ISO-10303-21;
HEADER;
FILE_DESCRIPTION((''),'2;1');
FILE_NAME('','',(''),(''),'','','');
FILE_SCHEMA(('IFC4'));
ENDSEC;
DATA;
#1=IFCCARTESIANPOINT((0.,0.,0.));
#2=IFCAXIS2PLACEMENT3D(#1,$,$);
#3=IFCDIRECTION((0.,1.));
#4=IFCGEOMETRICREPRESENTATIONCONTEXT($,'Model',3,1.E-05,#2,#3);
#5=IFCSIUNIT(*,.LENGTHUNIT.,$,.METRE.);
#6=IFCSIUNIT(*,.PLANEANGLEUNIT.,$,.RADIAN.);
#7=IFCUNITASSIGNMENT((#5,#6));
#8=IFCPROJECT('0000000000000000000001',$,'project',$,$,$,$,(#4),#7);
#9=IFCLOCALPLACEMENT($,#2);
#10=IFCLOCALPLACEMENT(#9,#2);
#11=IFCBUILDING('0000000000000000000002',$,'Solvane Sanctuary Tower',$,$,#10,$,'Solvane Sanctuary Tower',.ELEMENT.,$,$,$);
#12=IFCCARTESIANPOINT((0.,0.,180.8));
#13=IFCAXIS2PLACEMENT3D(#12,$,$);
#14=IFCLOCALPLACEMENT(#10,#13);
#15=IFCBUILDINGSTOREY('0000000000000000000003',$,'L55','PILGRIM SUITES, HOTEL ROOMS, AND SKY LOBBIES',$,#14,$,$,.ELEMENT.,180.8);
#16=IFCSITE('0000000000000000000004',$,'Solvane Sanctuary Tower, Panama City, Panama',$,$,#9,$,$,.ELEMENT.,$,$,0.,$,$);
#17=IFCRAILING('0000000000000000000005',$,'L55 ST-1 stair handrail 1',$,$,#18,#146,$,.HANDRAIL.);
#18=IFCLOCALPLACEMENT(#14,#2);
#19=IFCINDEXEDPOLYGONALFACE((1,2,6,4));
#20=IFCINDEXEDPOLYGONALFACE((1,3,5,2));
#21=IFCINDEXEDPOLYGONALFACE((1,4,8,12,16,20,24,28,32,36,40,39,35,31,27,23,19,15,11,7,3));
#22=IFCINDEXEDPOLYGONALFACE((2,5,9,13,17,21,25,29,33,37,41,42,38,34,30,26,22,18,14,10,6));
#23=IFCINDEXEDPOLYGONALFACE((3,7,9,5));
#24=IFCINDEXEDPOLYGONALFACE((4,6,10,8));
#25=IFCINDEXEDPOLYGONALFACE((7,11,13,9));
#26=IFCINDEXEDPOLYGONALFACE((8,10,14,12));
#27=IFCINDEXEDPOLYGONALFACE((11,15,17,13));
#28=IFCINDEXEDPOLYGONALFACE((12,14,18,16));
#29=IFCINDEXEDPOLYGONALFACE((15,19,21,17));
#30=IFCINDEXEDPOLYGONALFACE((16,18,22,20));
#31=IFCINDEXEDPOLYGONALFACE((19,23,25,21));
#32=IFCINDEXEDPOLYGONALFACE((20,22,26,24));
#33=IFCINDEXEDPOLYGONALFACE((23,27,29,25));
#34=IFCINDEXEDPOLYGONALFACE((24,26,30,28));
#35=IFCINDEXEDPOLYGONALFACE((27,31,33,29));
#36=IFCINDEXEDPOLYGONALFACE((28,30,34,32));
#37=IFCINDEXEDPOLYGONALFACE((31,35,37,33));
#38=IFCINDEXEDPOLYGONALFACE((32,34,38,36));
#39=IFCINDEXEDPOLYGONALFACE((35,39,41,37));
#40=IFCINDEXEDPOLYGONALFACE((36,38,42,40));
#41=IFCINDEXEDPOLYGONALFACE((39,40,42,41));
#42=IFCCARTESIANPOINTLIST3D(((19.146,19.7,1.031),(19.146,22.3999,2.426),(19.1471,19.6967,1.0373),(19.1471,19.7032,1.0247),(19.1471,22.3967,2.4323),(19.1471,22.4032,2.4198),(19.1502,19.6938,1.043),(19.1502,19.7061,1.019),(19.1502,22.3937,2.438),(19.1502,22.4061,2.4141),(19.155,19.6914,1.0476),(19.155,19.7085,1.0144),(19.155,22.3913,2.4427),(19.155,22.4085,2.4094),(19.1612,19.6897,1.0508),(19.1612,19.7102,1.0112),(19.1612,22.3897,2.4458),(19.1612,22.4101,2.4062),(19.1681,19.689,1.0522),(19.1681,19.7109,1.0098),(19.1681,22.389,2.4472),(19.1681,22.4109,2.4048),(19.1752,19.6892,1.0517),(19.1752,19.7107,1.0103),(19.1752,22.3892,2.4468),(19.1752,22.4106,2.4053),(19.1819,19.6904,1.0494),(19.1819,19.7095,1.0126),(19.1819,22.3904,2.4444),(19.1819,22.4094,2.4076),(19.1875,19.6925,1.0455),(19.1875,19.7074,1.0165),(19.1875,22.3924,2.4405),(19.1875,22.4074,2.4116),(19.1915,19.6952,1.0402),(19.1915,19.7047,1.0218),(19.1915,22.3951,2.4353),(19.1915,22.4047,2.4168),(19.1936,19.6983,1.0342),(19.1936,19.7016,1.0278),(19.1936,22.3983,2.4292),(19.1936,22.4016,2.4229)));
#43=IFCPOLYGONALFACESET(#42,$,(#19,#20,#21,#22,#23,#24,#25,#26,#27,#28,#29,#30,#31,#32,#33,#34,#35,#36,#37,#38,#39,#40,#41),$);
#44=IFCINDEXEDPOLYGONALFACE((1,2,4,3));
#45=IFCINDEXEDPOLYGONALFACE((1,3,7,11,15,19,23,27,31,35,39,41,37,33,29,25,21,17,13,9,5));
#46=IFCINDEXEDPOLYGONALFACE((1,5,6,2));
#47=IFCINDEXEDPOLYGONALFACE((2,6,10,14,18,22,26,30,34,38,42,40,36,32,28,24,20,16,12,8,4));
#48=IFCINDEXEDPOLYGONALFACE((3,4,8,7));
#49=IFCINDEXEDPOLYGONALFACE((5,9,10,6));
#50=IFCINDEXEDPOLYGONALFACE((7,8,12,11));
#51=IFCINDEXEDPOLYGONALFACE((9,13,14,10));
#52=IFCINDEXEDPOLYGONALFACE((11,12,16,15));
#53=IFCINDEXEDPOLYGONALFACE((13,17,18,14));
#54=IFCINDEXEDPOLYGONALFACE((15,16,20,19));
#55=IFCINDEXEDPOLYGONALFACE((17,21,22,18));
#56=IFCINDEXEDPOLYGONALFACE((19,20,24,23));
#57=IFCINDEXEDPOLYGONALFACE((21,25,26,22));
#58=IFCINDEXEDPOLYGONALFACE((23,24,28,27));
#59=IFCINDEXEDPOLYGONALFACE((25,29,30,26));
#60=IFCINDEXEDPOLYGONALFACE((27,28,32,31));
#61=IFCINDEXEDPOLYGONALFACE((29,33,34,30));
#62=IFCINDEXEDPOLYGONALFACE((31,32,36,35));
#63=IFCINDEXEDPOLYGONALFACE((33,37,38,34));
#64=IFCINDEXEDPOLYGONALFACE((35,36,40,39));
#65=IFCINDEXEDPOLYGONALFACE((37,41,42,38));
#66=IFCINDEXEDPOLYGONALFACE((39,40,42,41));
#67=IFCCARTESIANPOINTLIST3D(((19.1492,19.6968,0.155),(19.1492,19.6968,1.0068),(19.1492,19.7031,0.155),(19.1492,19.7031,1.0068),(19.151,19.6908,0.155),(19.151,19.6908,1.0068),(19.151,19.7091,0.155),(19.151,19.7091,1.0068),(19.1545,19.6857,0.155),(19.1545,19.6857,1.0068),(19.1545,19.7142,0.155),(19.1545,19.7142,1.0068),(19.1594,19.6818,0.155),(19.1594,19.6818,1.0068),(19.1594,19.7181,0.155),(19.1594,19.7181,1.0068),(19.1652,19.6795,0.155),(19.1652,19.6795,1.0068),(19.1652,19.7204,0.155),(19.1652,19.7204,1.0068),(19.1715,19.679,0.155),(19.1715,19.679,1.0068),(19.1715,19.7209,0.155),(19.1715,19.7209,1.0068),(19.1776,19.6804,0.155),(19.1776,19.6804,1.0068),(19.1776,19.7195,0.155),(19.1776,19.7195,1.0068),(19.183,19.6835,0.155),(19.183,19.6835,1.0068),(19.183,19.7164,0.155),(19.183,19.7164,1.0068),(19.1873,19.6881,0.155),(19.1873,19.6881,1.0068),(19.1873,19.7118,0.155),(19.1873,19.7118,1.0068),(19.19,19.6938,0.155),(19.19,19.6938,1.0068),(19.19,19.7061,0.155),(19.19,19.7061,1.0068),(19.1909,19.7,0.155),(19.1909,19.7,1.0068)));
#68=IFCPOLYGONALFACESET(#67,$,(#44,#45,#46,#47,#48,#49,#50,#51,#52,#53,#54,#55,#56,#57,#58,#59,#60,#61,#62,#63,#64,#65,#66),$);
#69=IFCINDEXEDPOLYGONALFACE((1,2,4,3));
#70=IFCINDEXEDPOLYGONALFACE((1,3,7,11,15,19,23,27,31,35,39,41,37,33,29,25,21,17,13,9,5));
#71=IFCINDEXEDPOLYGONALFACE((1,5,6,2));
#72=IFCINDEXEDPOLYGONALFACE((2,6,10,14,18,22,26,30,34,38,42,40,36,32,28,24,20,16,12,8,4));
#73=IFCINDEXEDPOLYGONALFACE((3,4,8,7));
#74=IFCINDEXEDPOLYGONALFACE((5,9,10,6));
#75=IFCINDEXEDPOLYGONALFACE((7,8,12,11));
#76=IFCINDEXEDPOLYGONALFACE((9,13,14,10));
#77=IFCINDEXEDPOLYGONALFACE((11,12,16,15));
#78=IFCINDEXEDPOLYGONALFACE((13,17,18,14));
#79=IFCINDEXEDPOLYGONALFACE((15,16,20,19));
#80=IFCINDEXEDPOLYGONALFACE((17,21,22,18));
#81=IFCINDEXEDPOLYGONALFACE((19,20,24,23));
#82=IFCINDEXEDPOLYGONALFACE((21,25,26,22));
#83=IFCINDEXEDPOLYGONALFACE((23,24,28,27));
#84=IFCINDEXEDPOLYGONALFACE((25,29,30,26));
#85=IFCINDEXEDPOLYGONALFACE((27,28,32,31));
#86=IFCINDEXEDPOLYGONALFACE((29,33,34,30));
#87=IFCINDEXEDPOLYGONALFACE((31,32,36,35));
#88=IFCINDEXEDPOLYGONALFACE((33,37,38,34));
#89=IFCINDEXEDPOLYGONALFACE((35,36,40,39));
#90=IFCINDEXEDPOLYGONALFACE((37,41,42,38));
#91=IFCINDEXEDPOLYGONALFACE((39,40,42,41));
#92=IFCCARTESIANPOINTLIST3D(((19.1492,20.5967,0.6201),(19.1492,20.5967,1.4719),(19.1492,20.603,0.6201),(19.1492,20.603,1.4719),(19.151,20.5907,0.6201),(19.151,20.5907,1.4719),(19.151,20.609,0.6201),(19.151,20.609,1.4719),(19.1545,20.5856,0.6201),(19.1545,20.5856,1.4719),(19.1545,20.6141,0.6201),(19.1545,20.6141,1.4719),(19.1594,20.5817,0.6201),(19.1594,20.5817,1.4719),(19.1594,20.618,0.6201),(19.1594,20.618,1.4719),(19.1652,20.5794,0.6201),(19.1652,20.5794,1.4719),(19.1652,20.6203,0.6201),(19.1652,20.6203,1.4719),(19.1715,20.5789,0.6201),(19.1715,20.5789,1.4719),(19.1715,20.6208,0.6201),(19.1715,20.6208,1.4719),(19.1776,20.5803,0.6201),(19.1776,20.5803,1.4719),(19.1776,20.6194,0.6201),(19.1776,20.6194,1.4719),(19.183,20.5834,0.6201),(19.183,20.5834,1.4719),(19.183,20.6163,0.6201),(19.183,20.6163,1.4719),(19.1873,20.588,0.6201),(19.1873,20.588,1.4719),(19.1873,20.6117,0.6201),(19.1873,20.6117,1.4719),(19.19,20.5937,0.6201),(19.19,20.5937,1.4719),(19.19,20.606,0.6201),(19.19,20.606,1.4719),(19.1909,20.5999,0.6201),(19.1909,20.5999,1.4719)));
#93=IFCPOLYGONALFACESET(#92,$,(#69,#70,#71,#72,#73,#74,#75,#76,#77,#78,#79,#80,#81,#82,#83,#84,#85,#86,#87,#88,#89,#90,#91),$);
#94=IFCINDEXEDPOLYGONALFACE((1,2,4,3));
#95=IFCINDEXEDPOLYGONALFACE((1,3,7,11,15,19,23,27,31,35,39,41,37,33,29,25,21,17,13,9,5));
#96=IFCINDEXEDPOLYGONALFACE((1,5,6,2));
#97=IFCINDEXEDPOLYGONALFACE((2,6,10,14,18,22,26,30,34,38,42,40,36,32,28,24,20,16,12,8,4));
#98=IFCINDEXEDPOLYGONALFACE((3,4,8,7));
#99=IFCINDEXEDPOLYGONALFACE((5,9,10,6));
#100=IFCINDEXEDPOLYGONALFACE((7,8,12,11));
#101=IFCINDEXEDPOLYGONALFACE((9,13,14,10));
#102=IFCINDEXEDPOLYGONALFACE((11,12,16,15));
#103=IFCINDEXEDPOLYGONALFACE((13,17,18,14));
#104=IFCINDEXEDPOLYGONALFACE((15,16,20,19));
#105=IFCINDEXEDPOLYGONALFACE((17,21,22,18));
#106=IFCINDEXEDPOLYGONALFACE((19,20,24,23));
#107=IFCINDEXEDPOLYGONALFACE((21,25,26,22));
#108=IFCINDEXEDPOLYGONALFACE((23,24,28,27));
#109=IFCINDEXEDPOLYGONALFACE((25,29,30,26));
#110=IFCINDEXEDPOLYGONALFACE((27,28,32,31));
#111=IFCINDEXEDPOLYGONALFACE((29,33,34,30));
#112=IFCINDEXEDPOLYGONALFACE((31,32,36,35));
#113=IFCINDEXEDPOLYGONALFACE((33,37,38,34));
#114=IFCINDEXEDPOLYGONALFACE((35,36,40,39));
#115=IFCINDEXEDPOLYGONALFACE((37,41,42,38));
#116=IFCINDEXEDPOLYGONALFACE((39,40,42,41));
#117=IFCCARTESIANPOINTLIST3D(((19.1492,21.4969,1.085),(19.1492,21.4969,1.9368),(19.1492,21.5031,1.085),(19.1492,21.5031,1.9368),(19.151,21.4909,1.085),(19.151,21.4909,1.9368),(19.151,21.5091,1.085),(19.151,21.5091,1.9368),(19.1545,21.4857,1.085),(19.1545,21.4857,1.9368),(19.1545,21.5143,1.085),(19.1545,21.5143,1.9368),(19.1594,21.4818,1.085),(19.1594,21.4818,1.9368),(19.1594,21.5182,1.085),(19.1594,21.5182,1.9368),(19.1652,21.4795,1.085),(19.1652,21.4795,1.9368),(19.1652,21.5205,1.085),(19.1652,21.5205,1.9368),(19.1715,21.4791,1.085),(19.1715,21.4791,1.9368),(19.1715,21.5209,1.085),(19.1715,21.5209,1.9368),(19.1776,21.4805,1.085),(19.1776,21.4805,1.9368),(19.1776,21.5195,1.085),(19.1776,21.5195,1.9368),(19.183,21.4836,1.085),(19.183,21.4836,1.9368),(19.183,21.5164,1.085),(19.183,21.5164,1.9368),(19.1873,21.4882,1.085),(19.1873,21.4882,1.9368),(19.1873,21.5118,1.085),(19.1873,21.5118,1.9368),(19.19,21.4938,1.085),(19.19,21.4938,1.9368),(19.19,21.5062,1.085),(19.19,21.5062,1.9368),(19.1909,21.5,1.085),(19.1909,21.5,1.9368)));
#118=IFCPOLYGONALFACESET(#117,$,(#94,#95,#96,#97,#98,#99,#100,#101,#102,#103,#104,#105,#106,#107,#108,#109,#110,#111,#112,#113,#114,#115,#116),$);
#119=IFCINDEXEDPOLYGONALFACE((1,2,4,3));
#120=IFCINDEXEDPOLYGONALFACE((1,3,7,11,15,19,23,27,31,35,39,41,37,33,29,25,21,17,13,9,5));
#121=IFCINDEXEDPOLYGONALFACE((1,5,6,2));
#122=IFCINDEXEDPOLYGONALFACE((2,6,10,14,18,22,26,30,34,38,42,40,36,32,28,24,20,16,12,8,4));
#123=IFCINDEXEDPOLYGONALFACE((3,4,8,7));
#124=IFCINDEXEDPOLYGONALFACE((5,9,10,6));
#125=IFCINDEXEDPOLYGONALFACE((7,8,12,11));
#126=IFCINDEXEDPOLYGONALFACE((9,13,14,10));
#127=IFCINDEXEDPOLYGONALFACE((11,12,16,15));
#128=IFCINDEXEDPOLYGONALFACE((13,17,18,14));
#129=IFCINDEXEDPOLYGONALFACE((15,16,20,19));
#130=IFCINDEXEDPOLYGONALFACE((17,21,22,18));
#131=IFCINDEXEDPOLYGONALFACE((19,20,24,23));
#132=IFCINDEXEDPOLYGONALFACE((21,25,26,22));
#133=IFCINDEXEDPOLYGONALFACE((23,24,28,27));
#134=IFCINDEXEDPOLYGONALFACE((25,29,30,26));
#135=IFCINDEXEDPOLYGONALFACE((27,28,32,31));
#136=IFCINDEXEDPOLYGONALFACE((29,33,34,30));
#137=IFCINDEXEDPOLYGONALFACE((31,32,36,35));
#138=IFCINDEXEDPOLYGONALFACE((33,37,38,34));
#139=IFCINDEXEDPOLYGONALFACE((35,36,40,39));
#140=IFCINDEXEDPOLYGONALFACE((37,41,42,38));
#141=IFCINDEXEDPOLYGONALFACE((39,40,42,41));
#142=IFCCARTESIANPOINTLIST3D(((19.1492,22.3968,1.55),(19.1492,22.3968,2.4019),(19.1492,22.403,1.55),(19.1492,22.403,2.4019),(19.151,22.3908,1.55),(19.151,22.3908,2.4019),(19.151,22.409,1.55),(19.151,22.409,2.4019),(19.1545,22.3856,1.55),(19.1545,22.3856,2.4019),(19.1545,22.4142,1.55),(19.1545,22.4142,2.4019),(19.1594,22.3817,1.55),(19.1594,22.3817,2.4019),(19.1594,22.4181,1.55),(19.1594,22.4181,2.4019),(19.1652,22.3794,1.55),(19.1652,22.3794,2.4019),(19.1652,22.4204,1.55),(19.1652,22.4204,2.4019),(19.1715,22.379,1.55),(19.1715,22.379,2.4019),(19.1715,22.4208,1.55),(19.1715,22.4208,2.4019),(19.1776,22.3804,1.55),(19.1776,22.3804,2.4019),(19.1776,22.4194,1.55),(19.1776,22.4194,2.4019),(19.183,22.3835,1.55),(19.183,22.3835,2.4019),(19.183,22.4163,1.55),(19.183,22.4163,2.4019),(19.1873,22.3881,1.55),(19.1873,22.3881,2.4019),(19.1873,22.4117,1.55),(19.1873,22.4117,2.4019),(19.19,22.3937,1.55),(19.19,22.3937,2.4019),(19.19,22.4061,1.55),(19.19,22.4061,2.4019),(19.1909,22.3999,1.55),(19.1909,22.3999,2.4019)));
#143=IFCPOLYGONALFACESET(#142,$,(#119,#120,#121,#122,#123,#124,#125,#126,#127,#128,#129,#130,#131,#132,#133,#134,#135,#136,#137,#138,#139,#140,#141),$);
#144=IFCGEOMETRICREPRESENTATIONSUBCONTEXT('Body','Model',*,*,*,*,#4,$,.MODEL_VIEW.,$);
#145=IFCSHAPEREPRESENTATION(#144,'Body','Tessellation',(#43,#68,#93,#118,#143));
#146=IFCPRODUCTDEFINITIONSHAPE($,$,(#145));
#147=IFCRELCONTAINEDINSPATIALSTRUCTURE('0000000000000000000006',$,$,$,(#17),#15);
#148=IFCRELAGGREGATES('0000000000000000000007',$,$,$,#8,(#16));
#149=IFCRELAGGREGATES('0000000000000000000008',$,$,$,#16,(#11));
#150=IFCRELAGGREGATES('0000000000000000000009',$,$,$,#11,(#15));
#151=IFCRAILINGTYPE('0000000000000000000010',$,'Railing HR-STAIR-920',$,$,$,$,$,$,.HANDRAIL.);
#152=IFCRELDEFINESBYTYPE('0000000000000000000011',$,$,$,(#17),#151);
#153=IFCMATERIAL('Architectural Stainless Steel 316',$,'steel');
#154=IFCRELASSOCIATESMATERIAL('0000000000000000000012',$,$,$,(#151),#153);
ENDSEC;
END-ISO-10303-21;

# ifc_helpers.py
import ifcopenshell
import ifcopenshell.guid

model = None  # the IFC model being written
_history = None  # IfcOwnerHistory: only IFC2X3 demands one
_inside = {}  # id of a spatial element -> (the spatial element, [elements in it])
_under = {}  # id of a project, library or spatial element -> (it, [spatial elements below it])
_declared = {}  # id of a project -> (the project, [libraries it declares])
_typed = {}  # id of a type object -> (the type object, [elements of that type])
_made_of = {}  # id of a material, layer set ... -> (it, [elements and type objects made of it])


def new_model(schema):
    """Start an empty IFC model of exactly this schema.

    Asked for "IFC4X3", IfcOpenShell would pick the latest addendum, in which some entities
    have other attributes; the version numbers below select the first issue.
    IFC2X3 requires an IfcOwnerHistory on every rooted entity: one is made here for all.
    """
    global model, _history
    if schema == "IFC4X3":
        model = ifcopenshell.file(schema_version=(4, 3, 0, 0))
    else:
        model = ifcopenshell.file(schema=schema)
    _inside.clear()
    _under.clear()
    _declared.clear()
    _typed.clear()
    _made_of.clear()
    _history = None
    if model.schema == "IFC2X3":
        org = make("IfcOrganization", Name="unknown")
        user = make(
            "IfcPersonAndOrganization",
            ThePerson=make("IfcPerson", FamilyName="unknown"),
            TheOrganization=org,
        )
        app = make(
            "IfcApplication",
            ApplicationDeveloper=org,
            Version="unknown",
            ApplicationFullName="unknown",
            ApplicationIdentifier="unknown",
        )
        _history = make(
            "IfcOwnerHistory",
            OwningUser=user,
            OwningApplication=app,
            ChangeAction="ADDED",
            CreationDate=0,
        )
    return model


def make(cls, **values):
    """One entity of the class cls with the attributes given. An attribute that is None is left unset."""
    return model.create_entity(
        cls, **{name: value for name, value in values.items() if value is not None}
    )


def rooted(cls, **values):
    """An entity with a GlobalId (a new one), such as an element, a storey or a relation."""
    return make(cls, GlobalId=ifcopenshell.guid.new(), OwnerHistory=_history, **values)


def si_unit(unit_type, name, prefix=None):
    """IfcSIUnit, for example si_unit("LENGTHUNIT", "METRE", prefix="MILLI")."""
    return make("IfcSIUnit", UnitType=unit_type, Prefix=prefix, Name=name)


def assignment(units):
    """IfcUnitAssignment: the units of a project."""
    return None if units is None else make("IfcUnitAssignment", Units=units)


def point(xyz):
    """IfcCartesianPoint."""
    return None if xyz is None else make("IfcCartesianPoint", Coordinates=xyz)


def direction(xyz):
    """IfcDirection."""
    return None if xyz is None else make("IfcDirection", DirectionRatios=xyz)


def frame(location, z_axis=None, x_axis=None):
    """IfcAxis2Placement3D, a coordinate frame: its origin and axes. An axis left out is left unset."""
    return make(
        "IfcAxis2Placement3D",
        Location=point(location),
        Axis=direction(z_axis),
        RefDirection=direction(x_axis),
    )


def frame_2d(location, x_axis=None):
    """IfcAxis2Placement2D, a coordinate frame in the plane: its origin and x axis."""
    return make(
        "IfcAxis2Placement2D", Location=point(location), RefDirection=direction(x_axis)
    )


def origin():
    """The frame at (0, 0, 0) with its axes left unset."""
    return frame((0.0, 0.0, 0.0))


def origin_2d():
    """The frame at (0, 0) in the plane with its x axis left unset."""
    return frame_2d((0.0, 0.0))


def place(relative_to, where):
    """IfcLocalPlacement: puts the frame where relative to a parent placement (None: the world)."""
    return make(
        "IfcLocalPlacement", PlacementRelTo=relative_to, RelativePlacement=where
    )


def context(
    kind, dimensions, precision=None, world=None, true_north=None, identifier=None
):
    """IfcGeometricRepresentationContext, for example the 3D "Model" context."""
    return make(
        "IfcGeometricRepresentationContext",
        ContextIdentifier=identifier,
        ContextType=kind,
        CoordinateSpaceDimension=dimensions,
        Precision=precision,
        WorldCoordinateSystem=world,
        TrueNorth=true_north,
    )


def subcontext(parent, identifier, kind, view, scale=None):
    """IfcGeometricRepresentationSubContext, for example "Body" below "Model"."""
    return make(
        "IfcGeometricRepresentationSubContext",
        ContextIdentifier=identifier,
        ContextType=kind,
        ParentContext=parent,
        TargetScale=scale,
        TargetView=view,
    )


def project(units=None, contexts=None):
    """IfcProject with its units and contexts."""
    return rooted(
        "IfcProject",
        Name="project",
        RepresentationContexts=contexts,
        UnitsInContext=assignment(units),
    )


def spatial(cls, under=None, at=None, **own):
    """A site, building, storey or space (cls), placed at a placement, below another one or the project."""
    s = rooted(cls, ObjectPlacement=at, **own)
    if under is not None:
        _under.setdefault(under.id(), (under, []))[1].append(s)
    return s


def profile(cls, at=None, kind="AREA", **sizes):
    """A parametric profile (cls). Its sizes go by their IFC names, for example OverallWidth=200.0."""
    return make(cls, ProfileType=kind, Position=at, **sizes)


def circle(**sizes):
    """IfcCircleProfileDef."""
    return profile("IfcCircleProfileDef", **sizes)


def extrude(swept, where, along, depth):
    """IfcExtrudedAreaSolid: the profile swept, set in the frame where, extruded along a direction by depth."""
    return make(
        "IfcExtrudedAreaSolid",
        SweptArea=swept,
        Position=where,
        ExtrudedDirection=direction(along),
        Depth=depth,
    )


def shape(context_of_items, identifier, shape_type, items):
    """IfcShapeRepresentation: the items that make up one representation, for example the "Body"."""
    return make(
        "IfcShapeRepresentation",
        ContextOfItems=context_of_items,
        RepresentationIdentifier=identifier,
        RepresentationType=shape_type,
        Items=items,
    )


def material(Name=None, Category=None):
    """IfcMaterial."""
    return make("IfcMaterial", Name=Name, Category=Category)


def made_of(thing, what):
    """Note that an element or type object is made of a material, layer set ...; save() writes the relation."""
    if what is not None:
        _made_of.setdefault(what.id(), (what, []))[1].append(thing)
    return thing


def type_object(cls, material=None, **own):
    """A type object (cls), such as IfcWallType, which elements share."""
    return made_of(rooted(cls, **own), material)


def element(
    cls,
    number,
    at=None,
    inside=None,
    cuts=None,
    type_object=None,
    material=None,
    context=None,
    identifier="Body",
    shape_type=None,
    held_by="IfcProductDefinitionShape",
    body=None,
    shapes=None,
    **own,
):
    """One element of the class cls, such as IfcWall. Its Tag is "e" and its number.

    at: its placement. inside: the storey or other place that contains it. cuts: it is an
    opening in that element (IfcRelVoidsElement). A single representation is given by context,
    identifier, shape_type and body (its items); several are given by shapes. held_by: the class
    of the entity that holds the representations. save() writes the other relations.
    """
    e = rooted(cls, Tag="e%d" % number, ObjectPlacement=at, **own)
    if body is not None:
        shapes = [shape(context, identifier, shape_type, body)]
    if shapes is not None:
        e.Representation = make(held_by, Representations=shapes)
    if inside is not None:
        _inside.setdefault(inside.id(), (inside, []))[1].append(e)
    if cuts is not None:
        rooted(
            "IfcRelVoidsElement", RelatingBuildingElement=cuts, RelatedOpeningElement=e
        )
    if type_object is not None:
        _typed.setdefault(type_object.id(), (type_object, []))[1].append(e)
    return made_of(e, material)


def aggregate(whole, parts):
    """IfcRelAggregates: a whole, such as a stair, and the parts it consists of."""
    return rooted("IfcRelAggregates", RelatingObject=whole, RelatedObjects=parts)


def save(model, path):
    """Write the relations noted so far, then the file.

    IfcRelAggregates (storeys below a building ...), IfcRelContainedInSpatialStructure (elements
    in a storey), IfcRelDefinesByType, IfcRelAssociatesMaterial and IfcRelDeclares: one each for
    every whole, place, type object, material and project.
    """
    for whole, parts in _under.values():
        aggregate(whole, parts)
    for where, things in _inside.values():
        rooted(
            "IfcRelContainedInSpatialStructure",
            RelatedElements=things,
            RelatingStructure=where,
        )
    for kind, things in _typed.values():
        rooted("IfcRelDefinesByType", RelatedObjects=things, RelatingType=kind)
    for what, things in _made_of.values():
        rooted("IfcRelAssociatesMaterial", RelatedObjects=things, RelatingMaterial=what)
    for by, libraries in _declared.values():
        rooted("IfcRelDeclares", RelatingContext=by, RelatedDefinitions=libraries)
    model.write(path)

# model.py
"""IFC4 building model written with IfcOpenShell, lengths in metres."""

from ifc_helpers import new_model, si_unit, direction, frame, origin, origin_2d, place, context, subcontext, project, spatial, circle, extrude, material, type_object, element, save


model = new_model("IFC4")

# Units and contexts
model_context = context("Model", 3, precision=1e-05, world=origin(), true_north=direction((0.0, 1.0)))
body_context = subcontext(model_context, "Body", "Model", "MODEL_VIEW")
ifc_project = project(units=[si_unit("LENGTHUNIT", "METRE"), si_unit("PLANEANGLEUNIT", "RADIAN")], contexts=[model_context])

# Site, building, storey
site_placement = place(None, origin())
site = spatial("IfcSite", under=ifc_project, at=site_placement, Name="Solvane Sanctuary Tower, Panama City, Panama", CompositionType="ELEMENT", RefElevation=0.0)
building_placement = place(site_placement, origin())
building = spatial("IfcBuilding", under=site, at=building_placement, Name="Solvane Sanctuary Tower", LongName="Solvane Sanctuary Tower", CompositionType="ELEMENT")
storey_placement = place(building_placement, frame((0.0, 0.0, 180.8)))
storey = spatial("IfcBuildingStorey", under=building, at=storey_placement, Name="L55", Description="PILGRIM SUITES, HOTEL ROOMS, AND SKY LOBBIES", CompositionType="ELEMENT", Elevation=180.8)

# Shared definitions
ifc_material_1 = material(Name="Architectural Stainless Steel 316", Category="steel")

# Railing
railing_type = type_object("IfcRailingType", Name="Railing HR-STAIR-920", PredefinedType="HANDRAIL", material=ifc_material_1)
railing_placement = place(storey_placement, frame((19.1699, 19.7, 0.155)))
element("IfcRailing", 1, at=railing_placement, inside=storey, type_object=railing_type, Name="L55 ST-1 stair handrail 1", PredefinedType="HANDRAIL", context=body_context, shape_type="SweptSolid", body=[
    extrude(circle(Radius=0.0239, at=origin_2d()), frame((0.0, 0.0, 0.876), z_axis=(0.0, 0.88842, 0.459032), x_axis=(-1.0, 0.0, 0.0)), (0.0, 0.0, 1.0), 3.0391),
    extrude(circle(Radius=0.021, at=origin_2d()), origin(), (0.0, 0.0, 1.0), 0.8518),
    extrude(circle(Radius=0.021, at=origin_2d()), frame((0.0, 0.8999, 0.4651)), (0.0, 0.0, 1.0), 0.8518),
    extrude(circle(Radius=0.021, at=origin_2d()), frame((0.0, 1.8, 0.9299)), (0.0, 0.0, 1.0), 0.8518),
    extrude(circle(Radius=0.021, at=origin_2d()), frame((0.0, 2.7, 1.395)), (0.0, 0.0, 1.0), 0.8518),
])

save(model, "model.ifc")
